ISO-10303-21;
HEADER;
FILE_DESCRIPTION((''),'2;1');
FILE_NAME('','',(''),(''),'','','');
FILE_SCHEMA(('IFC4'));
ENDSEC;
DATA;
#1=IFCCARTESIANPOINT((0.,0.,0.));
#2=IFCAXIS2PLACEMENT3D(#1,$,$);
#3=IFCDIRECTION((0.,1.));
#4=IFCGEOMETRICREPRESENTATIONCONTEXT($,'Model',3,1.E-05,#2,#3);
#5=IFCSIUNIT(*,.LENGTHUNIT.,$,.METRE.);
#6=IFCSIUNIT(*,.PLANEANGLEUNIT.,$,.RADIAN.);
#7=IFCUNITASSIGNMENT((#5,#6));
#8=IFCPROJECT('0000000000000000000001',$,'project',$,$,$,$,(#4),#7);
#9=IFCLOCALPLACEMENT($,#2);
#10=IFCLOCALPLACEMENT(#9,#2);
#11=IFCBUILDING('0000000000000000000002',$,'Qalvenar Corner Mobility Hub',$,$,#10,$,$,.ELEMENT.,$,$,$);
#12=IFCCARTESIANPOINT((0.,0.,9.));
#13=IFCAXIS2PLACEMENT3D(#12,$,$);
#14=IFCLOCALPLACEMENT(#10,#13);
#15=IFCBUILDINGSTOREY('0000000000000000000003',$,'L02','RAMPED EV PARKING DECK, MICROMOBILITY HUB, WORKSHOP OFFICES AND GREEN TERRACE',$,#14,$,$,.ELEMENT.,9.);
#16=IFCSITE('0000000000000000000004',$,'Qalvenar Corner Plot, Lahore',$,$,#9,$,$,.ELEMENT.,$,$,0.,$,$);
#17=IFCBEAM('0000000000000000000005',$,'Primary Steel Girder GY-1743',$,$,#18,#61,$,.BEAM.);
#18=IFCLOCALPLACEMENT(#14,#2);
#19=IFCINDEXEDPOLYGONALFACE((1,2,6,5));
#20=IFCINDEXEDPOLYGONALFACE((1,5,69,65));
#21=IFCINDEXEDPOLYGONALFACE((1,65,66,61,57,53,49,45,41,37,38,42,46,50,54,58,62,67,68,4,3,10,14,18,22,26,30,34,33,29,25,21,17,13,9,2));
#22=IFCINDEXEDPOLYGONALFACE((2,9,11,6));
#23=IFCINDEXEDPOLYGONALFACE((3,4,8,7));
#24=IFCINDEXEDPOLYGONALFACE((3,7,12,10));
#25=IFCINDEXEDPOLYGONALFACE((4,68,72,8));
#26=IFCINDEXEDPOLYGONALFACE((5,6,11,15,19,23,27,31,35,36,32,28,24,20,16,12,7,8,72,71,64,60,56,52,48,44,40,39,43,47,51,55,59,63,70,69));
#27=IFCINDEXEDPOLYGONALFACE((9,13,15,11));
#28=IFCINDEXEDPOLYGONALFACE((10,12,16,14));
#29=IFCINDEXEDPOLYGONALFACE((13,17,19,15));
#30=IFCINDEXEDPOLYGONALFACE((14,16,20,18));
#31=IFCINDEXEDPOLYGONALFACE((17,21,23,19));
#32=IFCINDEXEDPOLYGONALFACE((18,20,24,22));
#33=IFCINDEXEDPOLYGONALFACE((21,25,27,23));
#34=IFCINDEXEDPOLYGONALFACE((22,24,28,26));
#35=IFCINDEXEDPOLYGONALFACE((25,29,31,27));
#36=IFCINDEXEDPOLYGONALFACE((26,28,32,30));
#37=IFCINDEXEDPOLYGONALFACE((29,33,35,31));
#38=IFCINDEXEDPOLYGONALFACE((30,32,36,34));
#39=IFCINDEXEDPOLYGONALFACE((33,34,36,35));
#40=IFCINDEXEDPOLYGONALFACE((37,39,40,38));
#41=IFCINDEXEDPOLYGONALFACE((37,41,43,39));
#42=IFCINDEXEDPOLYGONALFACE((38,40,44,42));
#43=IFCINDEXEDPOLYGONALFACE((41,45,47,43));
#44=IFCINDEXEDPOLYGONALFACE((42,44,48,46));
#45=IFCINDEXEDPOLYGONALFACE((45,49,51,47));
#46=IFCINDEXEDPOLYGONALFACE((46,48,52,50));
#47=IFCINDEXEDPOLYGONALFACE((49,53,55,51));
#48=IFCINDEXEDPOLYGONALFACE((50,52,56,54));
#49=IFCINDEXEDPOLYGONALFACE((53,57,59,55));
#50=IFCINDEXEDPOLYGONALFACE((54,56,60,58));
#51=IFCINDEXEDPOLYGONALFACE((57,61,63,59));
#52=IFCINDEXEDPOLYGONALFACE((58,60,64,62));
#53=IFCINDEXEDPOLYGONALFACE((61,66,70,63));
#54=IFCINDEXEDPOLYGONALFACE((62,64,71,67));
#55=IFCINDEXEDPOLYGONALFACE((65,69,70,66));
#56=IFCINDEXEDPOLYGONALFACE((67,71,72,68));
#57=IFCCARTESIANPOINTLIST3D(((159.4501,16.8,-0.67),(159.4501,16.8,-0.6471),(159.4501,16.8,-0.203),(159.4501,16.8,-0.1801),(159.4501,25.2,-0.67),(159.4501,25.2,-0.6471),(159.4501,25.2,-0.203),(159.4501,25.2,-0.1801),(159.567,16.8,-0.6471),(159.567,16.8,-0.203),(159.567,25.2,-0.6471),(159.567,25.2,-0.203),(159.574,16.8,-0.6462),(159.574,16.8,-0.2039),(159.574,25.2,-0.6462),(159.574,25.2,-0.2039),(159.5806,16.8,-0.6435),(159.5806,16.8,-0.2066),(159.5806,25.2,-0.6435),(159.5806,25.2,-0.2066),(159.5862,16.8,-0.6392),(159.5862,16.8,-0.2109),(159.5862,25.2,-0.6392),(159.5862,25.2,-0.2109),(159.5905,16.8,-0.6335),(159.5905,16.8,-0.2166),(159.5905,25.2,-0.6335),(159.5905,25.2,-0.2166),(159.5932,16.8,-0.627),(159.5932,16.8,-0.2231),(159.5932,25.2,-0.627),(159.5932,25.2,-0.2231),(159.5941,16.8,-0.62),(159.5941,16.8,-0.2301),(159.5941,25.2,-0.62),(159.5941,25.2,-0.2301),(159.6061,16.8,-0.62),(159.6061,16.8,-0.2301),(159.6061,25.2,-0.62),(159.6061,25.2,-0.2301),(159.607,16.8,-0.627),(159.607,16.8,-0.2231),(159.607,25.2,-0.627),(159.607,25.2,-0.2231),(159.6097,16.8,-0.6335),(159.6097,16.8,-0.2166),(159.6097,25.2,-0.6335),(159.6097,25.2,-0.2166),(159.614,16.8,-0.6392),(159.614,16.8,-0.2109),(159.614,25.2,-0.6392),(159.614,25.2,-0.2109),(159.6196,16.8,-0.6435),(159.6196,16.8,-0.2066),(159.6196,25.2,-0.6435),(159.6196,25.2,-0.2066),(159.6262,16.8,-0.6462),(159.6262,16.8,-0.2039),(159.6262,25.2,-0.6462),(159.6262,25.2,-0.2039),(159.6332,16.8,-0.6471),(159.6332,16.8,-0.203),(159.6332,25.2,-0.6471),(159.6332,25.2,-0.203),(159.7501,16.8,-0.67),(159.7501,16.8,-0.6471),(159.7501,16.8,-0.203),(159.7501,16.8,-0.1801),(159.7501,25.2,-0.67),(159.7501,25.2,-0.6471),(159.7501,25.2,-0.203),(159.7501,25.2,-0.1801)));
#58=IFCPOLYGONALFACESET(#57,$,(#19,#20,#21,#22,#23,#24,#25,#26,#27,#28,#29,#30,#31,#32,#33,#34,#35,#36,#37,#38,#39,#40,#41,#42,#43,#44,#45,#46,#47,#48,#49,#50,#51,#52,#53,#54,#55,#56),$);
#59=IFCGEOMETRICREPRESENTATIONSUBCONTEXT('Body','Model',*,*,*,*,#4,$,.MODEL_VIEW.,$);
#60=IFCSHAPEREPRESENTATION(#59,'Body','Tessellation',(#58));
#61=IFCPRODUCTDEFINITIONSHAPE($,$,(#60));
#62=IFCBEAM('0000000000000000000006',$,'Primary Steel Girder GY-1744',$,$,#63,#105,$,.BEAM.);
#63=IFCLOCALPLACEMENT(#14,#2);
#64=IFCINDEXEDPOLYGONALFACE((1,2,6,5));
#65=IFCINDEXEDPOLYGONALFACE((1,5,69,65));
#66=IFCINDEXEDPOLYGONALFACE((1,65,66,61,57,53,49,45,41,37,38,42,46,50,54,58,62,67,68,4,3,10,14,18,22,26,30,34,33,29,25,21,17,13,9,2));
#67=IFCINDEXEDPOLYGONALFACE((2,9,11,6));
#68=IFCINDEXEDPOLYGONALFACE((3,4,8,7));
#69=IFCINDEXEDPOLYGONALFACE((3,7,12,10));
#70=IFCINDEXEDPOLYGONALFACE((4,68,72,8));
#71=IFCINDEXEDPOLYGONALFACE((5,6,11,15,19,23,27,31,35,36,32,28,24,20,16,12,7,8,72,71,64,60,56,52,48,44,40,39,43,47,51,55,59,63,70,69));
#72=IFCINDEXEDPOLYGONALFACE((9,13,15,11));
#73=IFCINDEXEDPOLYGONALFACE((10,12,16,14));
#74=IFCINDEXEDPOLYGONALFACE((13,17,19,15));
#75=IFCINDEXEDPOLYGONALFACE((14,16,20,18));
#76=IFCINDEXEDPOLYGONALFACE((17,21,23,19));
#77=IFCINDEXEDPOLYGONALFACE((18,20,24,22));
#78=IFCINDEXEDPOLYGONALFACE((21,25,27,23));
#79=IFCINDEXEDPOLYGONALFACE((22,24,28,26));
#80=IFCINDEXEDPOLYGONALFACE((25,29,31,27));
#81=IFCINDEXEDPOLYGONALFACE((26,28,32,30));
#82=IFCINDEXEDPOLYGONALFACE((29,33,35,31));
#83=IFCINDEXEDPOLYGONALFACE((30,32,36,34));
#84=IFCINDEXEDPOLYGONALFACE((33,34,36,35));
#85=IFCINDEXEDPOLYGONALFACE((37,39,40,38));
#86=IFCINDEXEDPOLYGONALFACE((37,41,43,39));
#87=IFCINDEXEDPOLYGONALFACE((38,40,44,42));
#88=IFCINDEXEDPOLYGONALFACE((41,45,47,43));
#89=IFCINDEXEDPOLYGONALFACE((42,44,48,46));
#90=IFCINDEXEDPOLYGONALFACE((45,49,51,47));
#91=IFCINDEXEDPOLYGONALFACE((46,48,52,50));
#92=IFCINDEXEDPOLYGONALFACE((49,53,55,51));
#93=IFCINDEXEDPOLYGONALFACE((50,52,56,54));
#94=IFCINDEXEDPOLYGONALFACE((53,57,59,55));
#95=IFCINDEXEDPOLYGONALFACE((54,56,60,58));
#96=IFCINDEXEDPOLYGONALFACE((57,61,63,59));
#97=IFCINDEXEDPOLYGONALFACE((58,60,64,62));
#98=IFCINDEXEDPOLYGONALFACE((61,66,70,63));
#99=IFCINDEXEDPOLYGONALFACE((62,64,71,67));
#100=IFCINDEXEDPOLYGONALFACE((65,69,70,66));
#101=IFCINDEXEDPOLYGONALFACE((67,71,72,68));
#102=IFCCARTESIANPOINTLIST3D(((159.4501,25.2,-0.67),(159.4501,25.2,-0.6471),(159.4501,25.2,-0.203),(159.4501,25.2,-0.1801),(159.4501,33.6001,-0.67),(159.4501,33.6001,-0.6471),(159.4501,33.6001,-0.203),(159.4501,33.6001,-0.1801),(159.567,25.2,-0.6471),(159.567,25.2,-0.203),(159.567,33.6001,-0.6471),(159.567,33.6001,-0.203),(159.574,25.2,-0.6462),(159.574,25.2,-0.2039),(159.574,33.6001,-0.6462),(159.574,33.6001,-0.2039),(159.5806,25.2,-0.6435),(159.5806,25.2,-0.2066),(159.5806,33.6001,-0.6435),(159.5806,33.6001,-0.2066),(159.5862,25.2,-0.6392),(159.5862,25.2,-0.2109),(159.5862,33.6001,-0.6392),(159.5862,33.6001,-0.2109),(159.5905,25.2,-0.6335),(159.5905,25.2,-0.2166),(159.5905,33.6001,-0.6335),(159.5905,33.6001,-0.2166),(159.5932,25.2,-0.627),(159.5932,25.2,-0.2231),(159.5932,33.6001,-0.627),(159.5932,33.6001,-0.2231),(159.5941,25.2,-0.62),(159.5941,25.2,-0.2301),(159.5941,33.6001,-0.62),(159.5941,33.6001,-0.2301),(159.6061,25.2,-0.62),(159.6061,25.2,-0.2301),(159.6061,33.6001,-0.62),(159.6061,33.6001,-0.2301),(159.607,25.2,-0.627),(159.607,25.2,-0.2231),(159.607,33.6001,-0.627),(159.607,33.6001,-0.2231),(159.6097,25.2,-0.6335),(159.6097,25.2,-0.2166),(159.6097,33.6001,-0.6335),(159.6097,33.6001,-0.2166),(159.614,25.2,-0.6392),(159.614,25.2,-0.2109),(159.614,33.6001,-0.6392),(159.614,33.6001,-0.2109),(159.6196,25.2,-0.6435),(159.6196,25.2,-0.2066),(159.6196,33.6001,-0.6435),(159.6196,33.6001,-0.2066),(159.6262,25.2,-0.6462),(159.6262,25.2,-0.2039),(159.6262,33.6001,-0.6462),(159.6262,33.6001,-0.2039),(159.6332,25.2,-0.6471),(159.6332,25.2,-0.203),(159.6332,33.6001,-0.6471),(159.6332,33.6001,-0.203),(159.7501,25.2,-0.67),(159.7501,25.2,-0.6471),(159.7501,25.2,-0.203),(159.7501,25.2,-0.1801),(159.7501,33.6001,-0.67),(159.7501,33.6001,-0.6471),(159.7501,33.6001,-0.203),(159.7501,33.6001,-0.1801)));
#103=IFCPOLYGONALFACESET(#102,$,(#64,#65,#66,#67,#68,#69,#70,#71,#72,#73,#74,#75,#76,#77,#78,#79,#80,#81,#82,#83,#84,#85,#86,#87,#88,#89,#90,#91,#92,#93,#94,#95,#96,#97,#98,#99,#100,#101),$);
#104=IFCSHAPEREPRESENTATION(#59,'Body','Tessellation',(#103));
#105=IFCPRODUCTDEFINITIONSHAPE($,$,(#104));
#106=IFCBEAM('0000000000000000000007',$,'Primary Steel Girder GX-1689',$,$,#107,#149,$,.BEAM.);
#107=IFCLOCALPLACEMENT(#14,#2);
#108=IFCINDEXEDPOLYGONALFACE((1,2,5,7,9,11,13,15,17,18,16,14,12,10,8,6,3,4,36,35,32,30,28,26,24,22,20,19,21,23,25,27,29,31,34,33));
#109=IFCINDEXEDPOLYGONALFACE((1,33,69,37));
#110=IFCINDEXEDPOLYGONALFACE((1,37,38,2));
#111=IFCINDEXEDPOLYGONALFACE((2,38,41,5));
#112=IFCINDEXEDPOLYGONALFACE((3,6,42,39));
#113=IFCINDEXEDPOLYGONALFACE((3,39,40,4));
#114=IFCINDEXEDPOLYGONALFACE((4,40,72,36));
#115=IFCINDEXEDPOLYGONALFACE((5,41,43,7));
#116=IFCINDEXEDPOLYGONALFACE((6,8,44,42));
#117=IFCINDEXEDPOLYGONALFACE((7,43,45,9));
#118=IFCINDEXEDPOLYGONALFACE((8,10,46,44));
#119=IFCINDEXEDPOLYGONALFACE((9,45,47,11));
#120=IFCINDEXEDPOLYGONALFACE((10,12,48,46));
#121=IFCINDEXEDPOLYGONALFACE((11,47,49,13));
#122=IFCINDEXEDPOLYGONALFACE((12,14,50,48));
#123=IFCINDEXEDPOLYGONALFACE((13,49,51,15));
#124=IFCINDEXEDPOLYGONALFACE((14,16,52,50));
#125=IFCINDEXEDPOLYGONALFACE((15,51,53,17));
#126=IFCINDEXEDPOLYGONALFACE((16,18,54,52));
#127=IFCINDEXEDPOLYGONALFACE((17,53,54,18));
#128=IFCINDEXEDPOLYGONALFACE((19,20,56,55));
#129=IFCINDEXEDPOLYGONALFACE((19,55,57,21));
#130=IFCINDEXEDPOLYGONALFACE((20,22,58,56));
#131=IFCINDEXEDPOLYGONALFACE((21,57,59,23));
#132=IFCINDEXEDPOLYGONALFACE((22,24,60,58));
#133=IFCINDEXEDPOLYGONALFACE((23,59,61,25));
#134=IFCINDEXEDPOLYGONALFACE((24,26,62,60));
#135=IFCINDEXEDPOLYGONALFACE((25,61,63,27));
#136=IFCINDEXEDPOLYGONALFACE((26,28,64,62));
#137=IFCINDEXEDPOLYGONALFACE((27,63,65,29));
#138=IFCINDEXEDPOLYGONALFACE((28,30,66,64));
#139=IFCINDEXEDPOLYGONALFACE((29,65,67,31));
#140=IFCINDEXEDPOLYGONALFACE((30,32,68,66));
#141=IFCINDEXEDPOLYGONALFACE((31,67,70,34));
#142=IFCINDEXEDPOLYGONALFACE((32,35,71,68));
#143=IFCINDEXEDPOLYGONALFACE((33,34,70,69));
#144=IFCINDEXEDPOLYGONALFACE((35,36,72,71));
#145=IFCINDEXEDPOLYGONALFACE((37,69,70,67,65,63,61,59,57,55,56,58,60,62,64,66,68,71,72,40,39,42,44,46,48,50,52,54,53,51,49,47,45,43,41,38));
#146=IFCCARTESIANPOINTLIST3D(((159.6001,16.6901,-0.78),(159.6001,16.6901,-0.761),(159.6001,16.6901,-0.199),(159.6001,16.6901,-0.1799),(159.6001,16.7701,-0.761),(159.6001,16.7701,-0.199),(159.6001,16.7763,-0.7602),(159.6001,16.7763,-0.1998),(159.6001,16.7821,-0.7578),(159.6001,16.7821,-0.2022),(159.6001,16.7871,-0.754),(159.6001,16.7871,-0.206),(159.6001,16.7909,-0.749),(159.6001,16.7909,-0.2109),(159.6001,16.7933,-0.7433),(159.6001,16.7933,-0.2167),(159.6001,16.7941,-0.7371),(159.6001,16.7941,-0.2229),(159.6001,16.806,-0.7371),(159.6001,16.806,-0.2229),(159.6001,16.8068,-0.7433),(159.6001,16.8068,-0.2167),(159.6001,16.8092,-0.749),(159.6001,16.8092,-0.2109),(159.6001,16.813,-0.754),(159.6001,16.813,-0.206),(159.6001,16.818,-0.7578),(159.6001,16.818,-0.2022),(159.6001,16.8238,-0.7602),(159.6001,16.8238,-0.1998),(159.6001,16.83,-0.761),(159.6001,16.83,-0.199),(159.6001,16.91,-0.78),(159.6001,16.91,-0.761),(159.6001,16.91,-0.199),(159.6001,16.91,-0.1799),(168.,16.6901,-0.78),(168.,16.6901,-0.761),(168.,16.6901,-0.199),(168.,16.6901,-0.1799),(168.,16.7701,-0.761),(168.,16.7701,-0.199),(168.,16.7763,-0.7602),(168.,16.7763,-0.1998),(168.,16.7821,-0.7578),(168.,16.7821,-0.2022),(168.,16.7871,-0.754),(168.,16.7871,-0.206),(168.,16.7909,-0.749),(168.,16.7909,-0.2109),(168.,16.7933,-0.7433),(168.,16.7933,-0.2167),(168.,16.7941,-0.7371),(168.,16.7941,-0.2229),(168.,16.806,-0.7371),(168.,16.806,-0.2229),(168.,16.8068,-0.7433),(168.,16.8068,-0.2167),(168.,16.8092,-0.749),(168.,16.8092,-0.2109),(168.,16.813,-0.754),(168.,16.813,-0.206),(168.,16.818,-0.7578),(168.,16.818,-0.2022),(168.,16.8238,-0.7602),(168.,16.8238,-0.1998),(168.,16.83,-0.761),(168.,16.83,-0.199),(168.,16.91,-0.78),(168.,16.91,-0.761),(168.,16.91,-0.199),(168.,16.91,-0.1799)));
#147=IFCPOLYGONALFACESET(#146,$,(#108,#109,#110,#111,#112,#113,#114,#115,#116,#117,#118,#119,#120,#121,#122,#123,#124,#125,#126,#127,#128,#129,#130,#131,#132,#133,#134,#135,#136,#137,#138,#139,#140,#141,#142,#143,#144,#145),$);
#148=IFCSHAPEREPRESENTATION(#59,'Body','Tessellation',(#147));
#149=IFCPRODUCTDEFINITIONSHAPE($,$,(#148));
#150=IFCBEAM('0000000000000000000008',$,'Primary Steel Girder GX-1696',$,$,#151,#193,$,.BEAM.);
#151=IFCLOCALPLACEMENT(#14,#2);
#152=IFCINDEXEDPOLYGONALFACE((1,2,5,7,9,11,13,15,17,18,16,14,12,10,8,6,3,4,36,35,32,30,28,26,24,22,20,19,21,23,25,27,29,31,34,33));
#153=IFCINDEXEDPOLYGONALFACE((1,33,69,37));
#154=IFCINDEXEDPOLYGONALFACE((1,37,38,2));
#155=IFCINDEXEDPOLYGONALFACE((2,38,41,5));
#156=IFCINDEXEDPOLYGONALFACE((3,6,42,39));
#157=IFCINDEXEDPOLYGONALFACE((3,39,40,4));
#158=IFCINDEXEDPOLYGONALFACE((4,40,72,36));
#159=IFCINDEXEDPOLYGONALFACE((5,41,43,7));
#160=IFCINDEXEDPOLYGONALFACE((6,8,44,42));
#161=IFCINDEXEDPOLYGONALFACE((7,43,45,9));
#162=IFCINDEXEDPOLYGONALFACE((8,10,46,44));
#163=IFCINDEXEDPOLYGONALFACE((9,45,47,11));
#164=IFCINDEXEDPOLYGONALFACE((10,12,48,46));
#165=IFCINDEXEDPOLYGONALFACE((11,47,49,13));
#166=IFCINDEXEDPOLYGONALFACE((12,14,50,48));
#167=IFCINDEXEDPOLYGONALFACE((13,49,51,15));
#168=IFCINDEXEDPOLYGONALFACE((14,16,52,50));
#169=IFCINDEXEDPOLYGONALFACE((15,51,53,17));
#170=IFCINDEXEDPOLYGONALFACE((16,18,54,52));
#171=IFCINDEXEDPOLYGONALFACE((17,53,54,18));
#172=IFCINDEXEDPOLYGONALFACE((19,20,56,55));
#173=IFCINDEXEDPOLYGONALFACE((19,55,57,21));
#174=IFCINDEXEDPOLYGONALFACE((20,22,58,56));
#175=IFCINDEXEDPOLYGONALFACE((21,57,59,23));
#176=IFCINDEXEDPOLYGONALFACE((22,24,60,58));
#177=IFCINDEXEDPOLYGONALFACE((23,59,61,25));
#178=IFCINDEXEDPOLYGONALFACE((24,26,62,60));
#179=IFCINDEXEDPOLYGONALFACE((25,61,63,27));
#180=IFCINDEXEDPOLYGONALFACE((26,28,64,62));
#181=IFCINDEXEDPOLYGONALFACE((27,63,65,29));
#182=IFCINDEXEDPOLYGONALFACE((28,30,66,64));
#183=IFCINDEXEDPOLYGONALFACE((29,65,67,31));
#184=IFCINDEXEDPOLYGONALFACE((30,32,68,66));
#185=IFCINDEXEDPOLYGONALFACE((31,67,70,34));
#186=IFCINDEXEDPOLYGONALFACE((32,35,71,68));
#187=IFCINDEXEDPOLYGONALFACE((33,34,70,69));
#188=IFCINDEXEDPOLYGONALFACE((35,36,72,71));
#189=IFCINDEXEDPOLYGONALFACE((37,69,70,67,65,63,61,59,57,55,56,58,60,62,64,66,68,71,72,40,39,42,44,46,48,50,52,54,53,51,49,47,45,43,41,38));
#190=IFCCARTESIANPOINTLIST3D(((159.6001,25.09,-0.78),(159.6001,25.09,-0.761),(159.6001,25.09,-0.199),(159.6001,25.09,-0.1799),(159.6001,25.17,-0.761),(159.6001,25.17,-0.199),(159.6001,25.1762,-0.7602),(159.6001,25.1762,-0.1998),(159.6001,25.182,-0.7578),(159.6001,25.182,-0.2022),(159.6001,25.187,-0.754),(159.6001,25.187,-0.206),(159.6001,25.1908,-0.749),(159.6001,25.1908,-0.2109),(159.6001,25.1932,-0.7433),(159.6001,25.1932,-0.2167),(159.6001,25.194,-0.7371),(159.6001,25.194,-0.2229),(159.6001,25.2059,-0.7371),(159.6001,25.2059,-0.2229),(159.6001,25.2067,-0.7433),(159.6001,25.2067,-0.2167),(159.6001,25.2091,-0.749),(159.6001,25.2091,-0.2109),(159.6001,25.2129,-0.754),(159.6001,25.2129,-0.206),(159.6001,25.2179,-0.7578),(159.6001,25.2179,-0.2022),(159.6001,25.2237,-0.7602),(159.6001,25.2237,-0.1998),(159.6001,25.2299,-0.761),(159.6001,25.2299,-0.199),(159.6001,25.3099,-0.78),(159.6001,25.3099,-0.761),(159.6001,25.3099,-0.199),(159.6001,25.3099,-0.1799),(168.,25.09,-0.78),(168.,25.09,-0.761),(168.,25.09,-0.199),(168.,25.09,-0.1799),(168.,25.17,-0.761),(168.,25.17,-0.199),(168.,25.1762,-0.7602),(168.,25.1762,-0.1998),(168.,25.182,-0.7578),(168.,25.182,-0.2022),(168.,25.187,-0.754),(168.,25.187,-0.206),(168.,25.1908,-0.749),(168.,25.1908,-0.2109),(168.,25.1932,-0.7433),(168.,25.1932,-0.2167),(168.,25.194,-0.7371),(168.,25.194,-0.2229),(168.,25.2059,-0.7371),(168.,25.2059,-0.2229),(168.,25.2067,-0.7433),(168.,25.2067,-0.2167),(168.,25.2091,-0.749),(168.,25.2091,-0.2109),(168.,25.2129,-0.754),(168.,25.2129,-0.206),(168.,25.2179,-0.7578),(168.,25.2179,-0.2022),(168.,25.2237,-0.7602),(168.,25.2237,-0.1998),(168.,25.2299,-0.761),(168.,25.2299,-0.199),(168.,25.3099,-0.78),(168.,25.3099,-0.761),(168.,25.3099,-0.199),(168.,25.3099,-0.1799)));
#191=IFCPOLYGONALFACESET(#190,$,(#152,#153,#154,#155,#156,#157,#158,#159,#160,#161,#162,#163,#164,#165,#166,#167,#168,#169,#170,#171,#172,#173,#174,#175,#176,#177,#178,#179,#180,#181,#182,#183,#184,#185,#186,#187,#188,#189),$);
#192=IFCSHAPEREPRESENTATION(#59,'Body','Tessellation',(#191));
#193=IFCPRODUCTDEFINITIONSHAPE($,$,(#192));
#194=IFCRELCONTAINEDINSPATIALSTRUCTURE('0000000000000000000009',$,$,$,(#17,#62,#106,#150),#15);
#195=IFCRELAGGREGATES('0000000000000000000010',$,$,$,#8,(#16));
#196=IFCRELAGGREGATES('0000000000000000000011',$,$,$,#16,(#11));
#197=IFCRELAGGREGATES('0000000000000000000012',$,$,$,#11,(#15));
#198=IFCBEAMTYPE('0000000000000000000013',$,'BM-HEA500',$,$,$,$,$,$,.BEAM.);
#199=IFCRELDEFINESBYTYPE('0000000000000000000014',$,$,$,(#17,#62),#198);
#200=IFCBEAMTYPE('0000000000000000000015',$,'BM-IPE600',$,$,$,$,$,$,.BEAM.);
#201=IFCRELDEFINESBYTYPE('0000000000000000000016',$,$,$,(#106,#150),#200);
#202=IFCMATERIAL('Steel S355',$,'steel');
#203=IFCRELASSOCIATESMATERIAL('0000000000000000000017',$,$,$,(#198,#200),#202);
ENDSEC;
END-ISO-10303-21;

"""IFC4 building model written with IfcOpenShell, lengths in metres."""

from ifc_helpers import new_model, si_unit, direction, frame, origin, origin_2d, place, context, subcontext, project, spatial, i_section, extrude, material, material_profile, profile_set, type_object, element, save


model = new_model("IFC4")

# Units and contexts
model_context = context("Model", 3, precision=1e-05, world=origin(), true_north=direction((0.0, 1.0)))
body_context = subcontext(model_context, "Body", "Model", "MODEL_VIEW")
ifc_project = project(units=[si_unit("LENGTHUNIT", "METRE"), si_unit("PLANEANGLEUNIT", "RADIAN")], contexts=[model_context])

# Site, building, storey
site_placement = place(None, origin())
site = spatial("IfcSite", under=ifc_project, at=site_placement, Name="Qalvenar Corner Plot, Lahore", CompositionType="ELEMENT", RefElevation=0.0)
building_placement = place(site_placement, origin())
building = spatial("IfcBuilding", under=site, at=building_placement, Name="Qalvenar Corner Mobility Hub", CompositionType="ELEMENT")
storey_placement = place(building_placement, frame((0.0, 0.0, 9.0)))
storey = spatial("IfcBuildingStorey", under=building, at=storey_placement, Name="L02", Description="RAMPED EV PARKING DECK, MICROMOBILITY HUB, WORKSHOP OFFICES AND GREEN TERRACE", CompositionType="ELEMENT", Elevation=9.0)

# Shared definitions
ifc_material_1 = material(Name="Steel S355", Category="steel")

# Beams
ifc_material_profile_1 = material_profile(ifc_material_1, i_section(OverallWidth=0.3, OverallDepth=0.49, WebThickness=0.012, FlangeThickness=0.0229, FilletRadius=0.0271, at=origin_2d()), Name="HEA500")
ifc_profile_set_1 = profile_set([ifc_material_profile_1], Name="Steel S355")
beam_type_1 = type_object("IfcBeamType", Name="BM-HEA500", PredefinedType="BEAM", material=ifc_profile_set_1)
beam_1_placement = place(storey_placement, frame((159.6001, 16.8, -0.425), z_axis=(0.0, 1.0, 0.0), x_axis=(-1.0, 0.0, 0.0)))
element("IfcBeam", 1, at=beam_1_placement, inside=storey, type_object=beam_type_1, Name="Primary Steel Girder GY-1743", PredefinedType="BEAM", context=body_context, shape_type="SweptSolid", body=[
    extrude(i_section(OverallWidth=0.3, OverallDepth=0.49, WebThickness=0.012, FlangeThickness=0.0229, FilletRadius=0.0271, at=origin_2d()), origin(), (0.0, 0.0, 1.0), 8.3999),
])
beam_2_placement = place(storey_placement, frame((159.6001, 25.2, -0.425), z_axis=(0.0, 1.0, 0.0), x_axis=(-1.0, 0.0, 0.0)))
element("IfcBeam", 2, at=beam_2_placement, inside=storey, type_object=beam_type_1, Name="Primary Steel Girder GY-1744", PredefinedType="BEAM", context=body_context, shape_type="SweptSolid", body=[
    extrude(i_section(OverallWidth=0.3, OverallDepth=0.49, WebThickness=0.012, FlangeThickness=0.0229, FilletRadius=0.0271, at=origin_2d()), origin(), (0.0, 0.0, 1.0), 8.4001),
])
ifc_material_profile_2 = material_profile(ifc_material_1, i_section(OverallWidth=0.22, OverallDepth=0.6001, WebThickness=0.012, FlangeThickness=0.019, FilletRadius=0.0239, at=origin_2d()), Name="IPE600")
ifc_profile_set_2 = profile_set([ifc_material_profile_2], Name="Steel S355")
beam_type_2 = type_object("IfcBeamType", Name="BM-IPE600", PredefinedType="BEAM", material=ifc_profile_set_2)
for number, where, z_axis, x_axis, name in (
    (3, (159.6001, 16.8, -0.48), (1.0, 0.0, 0.0), (0.0, 1.0, 0.0), "Primary Steel Girder GX-1689"),
    (4, (159.6001, 25.2, -0.48), (1.0, 0.0, 0.0), (0.0, 1.0, 0.0), "Primary Steel Girder GX-1696"),
):
    element("IfcBeam", number, at=place(storey_placement, frame(where, z_axis=z_axis, x_axis=x_axis)), inside=storey, type_object=beam_type_2, Name=name, PredefinedType="BEAM", context=body_context, shape_type="SweptSolid", body=[
        extrude(i_section(OverallWidth=0.22, OverallDepth=0.6001, WebThickness=0.012, FlangeThickness=0.019, FilletRadius=0.0239, at=origin_2d()), origin(), (0.0, 0.0, 1.0), 8.3999),
    ])

save(model, "model.ifc")
